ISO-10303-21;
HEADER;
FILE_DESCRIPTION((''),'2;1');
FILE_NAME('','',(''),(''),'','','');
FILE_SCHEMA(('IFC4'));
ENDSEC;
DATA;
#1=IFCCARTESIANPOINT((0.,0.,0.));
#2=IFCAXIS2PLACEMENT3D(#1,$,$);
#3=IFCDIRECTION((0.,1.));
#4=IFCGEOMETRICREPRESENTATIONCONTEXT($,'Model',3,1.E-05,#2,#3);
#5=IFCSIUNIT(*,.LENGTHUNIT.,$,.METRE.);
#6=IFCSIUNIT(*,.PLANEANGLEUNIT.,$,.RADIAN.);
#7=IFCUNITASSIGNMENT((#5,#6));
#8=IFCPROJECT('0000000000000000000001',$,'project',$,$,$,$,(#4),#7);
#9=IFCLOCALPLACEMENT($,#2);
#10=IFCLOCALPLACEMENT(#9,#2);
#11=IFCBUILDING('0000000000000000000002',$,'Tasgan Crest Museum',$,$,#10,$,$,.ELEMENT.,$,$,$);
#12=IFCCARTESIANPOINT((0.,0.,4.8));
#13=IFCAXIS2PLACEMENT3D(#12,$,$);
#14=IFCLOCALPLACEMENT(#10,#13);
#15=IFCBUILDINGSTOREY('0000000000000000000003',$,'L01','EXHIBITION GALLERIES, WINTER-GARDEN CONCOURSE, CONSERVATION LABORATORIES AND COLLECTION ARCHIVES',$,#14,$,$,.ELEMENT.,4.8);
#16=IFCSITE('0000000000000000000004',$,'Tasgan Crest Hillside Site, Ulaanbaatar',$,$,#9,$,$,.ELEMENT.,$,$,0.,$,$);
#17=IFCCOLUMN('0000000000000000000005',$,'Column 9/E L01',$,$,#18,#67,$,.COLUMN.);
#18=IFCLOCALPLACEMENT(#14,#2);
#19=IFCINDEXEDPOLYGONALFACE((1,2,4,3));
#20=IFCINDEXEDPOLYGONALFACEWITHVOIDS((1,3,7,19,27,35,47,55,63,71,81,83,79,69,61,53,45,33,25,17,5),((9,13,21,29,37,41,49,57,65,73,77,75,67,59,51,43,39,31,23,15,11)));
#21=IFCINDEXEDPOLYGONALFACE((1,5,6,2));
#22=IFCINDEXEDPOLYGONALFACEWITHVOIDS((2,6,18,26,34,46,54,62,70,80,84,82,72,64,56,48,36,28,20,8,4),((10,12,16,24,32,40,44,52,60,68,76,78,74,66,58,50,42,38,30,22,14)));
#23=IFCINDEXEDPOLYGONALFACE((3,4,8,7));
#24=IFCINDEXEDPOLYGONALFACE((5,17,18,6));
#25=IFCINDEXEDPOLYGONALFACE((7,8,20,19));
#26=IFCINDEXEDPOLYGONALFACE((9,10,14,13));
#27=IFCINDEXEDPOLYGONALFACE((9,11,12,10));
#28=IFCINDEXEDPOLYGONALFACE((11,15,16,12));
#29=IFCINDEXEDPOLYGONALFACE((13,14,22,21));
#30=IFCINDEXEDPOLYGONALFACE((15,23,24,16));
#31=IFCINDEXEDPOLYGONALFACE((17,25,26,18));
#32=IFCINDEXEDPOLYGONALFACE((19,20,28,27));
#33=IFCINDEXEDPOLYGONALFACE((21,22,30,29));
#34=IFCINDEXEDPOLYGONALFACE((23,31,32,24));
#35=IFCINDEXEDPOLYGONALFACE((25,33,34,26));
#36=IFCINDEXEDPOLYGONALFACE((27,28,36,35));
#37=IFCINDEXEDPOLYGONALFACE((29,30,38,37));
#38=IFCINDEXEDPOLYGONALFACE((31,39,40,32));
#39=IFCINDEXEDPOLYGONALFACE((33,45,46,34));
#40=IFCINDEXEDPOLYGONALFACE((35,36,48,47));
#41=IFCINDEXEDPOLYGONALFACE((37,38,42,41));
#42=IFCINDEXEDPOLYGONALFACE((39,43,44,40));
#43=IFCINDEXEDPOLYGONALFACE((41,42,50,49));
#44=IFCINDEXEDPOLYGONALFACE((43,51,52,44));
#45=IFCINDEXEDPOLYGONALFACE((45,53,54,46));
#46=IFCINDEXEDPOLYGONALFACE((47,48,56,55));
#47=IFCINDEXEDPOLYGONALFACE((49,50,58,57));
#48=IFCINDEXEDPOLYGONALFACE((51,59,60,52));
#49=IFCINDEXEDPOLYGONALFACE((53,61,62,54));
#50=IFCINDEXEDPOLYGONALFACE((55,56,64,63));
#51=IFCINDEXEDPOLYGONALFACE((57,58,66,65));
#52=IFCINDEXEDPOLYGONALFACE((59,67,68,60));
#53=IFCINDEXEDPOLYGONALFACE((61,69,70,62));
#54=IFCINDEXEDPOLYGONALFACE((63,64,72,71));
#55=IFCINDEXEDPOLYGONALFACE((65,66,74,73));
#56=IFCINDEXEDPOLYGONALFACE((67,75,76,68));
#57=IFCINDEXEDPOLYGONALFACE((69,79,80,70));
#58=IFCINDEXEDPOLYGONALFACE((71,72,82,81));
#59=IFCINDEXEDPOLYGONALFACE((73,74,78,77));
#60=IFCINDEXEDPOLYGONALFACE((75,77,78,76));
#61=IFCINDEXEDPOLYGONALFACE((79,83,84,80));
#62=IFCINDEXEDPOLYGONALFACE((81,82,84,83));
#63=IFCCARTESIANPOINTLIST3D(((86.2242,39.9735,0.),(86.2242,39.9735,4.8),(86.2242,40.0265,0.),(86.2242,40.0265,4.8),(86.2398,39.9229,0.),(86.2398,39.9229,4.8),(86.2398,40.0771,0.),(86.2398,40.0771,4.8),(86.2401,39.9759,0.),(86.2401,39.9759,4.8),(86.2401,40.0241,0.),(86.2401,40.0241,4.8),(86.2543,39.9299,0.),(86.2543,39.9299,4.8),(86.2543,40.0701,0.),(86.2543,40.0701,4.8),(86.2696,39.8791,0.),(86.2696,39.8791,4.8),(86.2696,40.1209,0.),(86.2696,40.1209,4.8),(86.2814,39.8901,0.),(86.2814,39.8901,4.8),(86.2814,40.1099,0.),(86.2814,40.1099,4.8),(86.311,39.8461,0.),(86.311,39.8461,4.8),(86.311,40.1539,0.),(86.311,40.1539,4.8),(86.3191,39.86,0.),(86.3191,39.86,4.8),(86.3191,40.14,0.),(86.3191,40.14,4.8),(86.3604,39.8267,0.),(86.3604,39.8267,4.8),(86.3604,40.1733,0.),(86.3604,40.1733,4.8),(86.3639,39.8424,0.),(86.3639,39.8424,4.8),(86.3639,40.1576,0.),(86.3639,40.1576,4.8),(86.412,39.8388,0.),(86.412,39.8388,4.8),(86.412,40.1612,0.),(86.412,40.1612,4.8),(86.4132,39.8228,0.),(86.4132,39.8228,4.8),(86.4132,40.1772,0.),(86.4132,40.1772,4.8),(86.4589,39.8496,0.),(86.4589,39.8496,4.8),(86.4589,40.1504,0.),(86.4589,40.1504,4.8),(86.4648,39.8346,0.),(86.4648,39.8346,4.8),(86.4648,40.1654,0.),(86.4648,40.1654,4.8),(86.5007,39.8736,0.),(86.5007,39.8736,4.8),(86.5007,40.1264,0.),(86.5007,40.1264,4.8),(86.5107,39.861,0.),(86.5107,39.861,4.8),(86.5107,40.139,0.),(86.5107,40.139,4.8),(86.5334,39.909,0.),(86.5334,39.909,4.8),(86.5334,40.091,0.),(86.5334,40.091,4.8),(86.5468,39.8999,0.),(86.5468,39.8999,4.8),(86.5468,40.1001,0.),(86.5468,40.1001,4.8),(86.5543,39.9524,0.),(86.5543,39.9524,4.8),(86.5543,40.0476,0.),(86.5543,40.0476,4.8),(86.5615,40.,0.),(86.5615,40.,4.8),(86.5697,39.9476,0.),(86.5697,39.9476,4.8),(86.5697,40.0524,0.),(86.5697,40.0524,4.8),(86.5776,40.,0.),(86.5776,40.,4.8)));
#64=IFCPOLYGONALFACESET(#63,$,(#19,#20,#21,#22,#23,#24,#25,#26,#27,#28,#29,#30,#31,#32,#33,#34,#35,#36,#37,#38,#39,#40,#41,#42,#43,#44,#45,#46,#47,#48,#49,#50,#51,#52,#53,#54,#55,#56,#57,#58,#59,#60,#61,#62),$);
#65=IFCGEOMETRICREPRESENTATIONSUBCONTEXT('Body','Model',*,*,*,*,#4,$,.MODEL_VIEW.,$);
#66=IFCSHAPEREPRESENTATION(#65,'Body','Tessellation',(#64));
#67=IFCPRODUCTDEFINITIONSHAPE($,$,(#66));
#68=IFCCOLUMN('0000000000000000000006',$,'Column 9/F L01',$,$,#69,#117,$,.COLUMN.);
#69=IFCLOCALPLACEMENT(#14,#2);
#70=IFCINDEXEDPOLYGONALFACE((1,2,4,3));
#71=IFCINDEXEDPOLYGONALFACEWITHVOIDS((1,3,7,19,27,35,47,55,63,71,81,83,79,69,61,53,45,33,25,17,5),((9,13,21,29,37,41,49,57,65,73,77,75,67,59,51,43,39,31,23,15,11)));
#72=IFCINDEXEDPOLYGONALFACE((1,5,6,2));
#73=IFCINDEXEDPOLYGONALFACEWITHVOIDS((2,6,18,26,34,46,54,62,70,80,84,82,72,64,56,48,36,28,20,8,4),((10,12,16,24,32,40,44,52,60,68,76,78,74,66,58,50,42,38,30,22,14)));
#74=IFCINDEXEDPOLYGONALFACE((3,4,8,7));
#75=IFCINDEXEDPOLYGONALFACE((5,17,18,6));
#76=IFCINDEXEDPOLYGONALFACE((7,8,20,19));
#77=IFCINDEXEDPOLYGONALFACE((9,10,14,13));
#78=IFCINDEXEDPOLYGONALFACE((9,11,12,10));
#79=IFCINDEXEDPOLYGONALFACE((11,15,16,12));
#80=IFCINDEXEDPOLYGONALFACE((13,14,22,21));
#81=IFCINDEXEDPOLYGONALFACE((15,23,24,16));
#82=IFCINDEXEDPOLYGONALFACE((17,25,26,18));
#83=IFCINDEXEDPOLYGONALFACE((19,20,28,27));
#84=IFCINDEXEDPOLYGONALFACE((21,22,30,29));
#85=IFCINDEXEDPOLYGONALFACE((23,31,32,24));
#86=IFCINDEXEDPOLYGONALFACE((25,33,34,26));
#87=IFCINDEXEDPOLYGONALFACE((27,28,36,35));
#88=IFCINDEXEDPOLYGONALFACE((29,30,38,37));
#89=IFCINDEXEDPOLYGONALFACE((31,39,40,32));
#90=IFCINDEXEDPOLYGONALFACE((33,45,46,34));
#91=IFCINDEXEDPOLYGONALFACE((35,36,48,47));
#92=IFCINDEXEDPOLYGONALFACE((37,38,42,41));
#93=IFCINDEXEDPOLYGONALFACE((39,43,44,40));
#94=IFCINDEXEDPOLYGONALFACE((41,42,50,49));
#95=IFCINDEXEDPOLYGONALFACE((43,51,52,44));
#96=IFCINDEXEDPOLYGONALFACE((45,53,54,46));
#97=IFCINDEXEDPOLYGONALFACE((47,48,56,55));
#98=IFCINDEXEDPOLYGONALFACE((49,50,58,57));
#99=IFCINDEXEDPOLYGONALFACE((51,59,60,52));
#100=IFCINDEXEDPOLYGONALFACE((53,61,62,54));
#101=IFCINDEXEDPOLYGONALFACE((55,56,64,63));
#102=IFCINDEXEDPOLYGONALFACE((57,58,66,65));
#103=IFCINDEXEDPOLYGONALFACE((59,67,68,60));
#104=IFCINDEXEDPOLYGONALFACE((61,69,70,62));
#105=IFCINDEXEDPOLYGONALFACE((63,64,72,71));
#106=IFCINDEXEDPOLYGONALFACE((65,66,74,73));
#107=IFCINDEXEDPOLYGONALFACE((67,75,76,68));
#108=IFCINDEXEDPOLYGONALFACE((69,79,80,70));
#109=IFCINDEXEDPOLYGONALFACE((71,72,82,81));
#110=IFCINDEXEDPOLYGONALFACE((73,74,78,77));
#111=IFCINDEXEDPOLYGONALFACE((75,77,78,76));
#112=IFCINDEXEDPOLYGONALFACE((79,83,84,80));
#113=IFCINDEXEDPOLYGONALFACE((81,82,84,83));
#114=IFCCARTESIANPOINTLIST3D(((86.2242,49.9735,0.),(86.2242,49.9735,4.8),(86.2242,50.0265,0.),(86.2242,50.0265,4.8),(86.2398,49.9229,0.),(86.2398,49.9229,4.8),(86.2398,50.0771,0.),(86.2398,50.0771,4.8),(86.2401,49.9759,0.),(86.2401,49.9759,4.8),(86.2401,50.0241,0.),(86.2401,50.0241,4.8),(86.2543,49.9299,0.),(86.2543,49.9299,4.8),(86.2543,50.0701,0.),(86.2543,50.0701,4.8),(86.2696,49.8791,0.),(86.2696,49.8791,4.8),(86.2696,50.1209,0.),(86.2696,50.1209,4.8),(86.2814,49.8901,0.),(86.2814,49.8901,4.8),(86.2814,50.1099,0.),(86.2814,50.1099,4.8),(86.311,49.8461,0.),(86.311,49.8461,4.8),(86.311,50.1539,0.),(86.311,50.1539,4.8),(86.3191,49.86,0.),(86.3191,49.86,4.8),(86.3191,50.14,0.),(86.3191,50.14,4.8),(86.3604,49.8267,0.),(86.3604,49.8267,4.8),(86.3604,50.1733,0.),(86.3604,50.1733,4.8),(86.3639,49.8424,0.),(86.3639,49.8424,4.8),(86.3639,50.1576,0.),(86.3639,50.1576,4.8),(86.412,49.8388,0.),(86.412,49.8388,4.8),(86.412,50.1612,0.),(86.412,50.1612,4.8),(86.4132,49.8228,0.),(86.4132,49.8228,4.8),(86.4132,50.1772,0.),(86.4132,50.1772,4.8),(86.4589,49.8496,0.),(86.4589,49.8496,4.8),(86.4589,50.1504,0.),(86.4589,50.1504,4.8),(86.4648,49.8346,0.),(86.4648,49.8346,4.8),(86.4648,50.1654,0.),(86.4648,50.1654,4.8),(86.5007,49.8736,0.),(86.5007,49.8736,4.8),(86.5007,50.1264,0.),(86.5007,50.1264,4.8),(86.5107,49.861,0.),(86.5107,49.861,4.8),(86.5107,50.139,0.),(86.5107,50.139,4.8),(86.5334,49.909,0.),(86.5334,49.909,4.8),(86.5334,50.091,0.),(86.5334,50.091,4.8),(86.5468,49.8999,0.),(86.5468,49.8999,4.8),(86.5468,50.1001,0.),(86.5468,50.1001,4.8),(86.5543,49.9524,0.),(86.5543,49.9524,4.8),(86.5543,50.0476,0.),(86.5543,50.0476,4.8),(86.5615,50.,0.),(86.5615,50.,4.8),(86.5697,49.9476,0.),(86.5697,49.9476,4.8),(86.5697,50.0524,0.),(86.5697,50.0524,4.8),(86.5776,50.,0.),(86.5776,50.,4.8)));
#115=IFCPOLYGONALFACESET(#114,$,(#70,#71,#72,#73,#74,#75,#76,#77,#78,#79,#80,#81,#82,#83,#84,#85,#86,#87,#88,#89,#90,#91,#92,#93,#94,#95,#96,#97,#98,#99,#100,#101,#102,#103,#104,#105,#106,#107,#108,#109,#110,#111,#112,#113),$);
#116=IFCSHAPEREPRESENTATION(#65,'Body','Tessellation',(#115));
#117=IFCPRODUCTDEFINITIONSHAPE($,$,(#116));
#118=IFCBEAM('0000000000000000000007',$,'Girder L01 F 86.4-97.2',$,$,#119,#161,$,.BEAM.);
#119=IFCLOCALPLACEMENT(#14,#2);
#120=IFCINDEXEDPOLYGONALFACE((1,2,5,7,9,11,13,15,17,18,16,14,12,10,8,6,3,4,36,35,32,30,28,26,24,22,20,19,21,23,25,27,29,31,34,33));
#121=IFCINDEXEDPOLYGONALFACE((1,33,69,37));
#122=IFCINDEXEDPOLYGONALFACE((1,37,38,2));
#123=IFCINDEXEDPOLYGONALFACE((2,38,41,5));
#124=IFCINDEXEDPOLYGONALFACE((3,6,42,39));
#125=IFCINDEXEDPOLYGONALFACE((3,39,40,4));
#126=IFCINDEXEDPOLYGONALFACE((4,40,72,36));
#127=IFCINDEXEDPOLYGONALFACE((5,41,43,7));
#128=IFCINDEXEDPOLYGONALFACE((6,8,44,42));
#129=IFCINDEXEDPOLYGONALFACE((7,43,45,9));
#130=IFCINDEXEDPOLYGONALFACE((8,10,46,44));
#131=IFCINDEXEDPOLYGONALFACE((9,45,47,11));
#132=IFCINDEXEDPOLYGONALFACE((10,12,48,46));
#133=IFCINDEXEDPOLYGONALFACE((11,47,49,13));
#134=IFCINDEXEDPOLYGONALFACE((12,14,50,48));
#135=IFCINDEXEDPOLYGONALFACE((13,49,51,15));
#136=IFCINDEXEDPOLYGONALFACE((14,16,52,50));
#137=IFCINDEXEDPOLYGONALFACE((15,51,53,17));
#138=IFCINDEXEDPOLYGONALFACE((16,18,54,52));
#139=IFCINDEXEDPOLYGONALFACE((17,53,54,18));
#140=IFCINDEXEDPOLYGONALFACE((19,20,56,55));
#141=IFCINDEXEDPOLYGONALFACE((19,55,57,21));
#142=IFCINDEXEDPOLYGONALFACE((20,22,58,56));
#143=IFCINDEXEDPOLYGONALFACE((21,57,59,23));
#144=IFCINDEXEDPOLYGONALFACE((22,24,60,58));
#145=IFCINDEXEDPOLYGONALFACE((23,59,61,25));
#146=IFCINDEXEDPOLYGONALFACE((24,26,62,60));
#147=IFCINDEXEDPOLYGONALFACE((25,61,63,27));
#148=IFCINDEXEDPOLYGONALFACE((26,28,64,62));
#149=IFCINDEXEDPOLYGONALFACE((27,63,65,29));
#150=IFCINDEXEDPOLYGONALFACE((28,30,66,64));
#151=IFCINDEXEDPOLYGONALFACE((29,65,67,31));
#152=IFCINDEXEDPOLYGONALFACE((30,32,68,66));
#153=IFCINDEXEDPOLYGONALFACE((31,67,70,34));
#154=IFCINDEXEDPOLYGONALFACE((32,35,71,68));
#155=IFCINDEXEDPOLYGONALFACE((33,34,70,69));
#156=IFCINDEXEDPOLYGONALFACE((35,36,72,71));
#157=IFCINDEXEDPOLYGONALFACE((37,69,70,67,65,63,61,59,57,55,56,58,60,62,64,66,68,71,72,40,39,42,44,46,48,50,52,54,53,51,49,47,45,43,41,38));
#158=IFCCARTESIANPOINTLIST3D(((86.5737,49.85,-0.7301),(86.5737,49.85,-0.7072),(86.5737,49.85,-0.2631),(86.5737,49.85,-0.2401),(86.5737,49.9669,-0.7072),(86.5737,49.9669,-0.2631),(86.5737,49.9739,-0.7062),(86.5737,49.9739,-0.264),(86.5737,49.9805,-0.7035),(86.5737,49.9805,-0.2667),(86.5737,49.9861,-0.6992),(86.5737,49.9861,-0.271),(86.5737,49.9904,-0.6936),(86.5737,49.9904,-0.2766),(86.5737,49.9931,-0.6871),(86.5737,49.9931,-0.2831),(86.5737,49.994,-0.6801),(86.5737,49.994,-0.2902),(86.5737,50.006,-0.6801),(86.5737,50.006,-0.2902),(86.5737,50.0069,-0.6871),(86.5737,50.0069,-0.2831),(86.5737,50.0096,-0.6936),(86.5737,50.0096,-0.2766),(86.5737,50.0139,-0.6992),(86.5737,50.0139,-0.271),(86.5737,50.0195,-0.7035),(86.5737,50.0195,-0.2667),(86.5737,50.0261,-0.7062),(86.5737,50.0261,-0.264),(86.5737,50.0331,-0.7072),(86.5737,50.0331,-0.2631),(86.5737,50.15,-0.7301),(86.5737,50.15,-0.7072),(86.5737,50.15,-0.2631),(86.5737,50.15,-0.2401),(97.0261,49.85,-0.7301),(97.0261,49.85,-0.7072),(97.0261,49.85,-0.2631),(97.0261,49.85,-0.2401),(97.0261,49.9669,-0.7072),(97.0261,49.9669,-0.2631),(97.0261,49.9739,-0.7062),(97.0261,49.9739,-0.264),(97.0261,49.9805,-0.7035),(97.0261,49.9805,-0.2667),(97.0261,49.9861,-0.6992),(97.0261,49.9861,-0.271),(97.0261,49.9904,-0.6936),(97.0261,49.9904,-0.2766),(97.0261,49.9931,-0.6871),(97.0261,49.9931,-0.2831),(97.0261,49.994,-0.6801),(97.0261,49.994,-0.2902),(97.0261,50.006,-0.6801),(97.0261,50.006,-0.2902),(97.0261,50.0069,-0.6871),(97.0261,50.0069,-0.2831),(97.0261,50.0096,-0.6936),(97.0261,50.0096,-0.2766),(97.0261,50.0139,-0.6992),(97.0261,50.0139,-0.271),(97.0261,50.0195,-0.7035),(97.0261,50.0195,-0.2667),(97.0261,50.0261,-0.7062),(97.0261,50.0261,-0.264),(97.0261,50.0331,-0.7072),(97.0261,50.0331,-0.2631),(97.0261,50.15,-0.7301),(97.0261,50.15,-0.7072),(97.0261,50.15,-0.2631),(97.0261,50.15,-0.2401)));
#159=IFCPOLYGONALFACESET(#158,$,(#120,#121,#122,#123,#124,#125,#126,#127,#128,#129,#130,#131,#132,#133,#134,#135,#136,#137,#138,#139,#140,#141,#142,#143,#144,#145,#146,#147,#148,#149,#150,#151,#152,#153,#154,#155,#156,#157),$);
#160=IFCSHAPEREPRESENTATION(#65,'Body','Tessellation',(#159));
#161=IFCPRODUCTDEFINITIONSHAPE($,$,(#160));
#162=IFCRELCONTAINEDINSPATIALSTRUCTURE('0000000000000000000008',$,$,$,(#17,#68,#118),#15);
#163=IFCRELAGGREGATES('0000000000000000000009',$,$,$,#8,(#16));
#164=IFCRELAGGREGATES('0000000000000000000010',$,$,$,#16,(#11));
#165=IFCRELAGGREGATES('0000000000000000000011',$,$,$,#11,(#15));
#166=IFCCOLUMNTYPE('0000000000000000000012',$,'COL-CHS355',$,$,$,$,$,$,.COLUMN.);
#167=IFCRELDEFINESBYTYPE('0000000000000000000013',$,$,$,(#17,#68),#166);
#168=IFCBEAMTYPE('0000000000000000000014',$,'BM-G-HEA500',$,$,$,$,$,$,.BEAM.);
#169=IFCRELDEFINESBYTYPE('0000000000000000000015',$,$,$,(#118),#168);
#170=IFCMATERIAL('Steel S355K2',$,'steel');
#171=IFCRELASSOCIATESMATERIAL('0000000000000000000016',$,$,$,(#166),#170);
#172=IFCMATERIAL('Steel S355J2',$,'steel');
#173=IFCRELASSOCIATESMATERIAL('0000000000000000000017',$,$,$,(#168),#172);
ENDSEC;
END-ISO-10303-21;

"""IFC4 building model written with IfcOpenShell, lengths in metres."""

from ifc_helpers import new_model, si_unit, direction, frame, origin, origin_2d, place, context, subcontext, project, spatial, hollow_circle, i_section, extrude, material, material_profile, profile_set, type_object, element, save


model = new_model("IFC4")

# Units and contexts
model_context = context("Model", 3, precision=1e-05, world=origin(), true_north=direction((0.0, 1.0)))
body_context = subcontext(model_context, "Body", "Model", "MODEL_VIEW")
ifc_project = project(units=[si_unit("LENGTHUNIT", "METRE"), si_unit("PLANEANGLEUNIT", "RADIAN")], contexts=[model_context])

# Site, building, storey
site_placement = place(None, origin())
site = spatial("IfcSite", under=ifc_project, at=site_placement, Name="Tasgan Crest Hillside Site, Ulaanbaatar", CompositionType="ELEMENT", RefElevation=0.0)
building_placement = place(site_placement, origin())
building = spatial("IfcBuilding", under=site, at=building_placement, Name="Tasgan Crest Museum", CompositionType="ELEMENT")
storey_placement = place(building_placement, frame((0.0, 0.0, 4.8)))
storey = spatial("IfcBuildingStorey", under=building, at=storey_placement, Name="L01", Description="EXHIBITION GALLERIES, WINTER-GARDEN CONCOURSE, CONSERVATION LABORATORIES AND COLLECTION ARCHIVES", CompositionType="ELEMENT", Elevation=4.8)

# Columns
ifc_material_1 = material(Name="Steel S355K2", Category="steel")
ifc_material_profile_1 = material_profile(ifc_material_1, hollow_circle(Radius=0.1777, WallThickness=0.0161, at=origin_2d()), Name="CHS 355.6x16")
ifc_profile_set_1 = profile_set([ifc_material_profile_1], Name="Steel S355K2")
column_type = type_object("IfcColumnType", Name="COL-CHS355", PredefinedType="COLUMN", material=ifc_profile_set_1)
for number, where, z_axis, x_axis, name in (
    (1, (86.3999, 40.0, 0.0), (0.0, 0.0, 1.0), (1.0, 0.0, 0.0), "Column 9/E L01"),
    (2, (86.3999, 50.0, 0.0), (0.0, 0.0, 1.0), (1.0, 0.0, 0.0), "Column 9/F L01"),
):
    element("IfcColumn", number, at=place(storey_placement, frame(where, z_axis=z_axis, x_axis=x_axis)), inside=storey, type_object=column_type, Name=name, PredefinedType="COLUMN", context=body_context, shape_type="SweptSolid", body=[
        extrude(hollow_circle(Radius=0.1777, WallThickness=0.0161, at=origin_2d()), origin(), (0.0, 0.0, 1.0), 4.8),
    ])

# Beam
ifc_material_2 = material(Name="Steel S355J2", Category="steel")
ifc_material_profile_2 = material_profile(ifc_material_2, i_section(OverallWidth=0.3, OverallDepth=0.49, WebThickness=0.012, FlangeThickness=0.0229, FilletRadius=0.0271, at=origin_2d()), Name="HEA 500")
ifc_profile_set_2 = profile_set([ifc_material_profile_2], Name="Steel S355J2")
beam_type_1 = type_object("IfcBeamType", Name="BM-G-HEA500", PredefinedType="BEAM", material=ifc_profile_set_2)
beam_1_placement = place(storey_placement, frame((86.5737, 50.0, -0.4851), z_axis=(1.0, 0.0, 0.0), x_axis=(0.0, 1.0, 0.0)))
element("IfcBeam", 3, at=beam_1_placement, inside=storey, type_object=beam_type_1, Name="Girder L01 F 86.4-97.2", PredefinedType="BEAM", context=body_context, shape_type="SweptSolid", body=[
    extrude(i_section(OverallWidth=0.3, OverallDepth=0.49, WebThickness=0.012, FlangeThickness=0.0229, FilletRadius=0.0271, at=origin_2d()), origin(), (0.0, 0.0, 1.0), 10.4524),
])

save(model, "model.ifc")
